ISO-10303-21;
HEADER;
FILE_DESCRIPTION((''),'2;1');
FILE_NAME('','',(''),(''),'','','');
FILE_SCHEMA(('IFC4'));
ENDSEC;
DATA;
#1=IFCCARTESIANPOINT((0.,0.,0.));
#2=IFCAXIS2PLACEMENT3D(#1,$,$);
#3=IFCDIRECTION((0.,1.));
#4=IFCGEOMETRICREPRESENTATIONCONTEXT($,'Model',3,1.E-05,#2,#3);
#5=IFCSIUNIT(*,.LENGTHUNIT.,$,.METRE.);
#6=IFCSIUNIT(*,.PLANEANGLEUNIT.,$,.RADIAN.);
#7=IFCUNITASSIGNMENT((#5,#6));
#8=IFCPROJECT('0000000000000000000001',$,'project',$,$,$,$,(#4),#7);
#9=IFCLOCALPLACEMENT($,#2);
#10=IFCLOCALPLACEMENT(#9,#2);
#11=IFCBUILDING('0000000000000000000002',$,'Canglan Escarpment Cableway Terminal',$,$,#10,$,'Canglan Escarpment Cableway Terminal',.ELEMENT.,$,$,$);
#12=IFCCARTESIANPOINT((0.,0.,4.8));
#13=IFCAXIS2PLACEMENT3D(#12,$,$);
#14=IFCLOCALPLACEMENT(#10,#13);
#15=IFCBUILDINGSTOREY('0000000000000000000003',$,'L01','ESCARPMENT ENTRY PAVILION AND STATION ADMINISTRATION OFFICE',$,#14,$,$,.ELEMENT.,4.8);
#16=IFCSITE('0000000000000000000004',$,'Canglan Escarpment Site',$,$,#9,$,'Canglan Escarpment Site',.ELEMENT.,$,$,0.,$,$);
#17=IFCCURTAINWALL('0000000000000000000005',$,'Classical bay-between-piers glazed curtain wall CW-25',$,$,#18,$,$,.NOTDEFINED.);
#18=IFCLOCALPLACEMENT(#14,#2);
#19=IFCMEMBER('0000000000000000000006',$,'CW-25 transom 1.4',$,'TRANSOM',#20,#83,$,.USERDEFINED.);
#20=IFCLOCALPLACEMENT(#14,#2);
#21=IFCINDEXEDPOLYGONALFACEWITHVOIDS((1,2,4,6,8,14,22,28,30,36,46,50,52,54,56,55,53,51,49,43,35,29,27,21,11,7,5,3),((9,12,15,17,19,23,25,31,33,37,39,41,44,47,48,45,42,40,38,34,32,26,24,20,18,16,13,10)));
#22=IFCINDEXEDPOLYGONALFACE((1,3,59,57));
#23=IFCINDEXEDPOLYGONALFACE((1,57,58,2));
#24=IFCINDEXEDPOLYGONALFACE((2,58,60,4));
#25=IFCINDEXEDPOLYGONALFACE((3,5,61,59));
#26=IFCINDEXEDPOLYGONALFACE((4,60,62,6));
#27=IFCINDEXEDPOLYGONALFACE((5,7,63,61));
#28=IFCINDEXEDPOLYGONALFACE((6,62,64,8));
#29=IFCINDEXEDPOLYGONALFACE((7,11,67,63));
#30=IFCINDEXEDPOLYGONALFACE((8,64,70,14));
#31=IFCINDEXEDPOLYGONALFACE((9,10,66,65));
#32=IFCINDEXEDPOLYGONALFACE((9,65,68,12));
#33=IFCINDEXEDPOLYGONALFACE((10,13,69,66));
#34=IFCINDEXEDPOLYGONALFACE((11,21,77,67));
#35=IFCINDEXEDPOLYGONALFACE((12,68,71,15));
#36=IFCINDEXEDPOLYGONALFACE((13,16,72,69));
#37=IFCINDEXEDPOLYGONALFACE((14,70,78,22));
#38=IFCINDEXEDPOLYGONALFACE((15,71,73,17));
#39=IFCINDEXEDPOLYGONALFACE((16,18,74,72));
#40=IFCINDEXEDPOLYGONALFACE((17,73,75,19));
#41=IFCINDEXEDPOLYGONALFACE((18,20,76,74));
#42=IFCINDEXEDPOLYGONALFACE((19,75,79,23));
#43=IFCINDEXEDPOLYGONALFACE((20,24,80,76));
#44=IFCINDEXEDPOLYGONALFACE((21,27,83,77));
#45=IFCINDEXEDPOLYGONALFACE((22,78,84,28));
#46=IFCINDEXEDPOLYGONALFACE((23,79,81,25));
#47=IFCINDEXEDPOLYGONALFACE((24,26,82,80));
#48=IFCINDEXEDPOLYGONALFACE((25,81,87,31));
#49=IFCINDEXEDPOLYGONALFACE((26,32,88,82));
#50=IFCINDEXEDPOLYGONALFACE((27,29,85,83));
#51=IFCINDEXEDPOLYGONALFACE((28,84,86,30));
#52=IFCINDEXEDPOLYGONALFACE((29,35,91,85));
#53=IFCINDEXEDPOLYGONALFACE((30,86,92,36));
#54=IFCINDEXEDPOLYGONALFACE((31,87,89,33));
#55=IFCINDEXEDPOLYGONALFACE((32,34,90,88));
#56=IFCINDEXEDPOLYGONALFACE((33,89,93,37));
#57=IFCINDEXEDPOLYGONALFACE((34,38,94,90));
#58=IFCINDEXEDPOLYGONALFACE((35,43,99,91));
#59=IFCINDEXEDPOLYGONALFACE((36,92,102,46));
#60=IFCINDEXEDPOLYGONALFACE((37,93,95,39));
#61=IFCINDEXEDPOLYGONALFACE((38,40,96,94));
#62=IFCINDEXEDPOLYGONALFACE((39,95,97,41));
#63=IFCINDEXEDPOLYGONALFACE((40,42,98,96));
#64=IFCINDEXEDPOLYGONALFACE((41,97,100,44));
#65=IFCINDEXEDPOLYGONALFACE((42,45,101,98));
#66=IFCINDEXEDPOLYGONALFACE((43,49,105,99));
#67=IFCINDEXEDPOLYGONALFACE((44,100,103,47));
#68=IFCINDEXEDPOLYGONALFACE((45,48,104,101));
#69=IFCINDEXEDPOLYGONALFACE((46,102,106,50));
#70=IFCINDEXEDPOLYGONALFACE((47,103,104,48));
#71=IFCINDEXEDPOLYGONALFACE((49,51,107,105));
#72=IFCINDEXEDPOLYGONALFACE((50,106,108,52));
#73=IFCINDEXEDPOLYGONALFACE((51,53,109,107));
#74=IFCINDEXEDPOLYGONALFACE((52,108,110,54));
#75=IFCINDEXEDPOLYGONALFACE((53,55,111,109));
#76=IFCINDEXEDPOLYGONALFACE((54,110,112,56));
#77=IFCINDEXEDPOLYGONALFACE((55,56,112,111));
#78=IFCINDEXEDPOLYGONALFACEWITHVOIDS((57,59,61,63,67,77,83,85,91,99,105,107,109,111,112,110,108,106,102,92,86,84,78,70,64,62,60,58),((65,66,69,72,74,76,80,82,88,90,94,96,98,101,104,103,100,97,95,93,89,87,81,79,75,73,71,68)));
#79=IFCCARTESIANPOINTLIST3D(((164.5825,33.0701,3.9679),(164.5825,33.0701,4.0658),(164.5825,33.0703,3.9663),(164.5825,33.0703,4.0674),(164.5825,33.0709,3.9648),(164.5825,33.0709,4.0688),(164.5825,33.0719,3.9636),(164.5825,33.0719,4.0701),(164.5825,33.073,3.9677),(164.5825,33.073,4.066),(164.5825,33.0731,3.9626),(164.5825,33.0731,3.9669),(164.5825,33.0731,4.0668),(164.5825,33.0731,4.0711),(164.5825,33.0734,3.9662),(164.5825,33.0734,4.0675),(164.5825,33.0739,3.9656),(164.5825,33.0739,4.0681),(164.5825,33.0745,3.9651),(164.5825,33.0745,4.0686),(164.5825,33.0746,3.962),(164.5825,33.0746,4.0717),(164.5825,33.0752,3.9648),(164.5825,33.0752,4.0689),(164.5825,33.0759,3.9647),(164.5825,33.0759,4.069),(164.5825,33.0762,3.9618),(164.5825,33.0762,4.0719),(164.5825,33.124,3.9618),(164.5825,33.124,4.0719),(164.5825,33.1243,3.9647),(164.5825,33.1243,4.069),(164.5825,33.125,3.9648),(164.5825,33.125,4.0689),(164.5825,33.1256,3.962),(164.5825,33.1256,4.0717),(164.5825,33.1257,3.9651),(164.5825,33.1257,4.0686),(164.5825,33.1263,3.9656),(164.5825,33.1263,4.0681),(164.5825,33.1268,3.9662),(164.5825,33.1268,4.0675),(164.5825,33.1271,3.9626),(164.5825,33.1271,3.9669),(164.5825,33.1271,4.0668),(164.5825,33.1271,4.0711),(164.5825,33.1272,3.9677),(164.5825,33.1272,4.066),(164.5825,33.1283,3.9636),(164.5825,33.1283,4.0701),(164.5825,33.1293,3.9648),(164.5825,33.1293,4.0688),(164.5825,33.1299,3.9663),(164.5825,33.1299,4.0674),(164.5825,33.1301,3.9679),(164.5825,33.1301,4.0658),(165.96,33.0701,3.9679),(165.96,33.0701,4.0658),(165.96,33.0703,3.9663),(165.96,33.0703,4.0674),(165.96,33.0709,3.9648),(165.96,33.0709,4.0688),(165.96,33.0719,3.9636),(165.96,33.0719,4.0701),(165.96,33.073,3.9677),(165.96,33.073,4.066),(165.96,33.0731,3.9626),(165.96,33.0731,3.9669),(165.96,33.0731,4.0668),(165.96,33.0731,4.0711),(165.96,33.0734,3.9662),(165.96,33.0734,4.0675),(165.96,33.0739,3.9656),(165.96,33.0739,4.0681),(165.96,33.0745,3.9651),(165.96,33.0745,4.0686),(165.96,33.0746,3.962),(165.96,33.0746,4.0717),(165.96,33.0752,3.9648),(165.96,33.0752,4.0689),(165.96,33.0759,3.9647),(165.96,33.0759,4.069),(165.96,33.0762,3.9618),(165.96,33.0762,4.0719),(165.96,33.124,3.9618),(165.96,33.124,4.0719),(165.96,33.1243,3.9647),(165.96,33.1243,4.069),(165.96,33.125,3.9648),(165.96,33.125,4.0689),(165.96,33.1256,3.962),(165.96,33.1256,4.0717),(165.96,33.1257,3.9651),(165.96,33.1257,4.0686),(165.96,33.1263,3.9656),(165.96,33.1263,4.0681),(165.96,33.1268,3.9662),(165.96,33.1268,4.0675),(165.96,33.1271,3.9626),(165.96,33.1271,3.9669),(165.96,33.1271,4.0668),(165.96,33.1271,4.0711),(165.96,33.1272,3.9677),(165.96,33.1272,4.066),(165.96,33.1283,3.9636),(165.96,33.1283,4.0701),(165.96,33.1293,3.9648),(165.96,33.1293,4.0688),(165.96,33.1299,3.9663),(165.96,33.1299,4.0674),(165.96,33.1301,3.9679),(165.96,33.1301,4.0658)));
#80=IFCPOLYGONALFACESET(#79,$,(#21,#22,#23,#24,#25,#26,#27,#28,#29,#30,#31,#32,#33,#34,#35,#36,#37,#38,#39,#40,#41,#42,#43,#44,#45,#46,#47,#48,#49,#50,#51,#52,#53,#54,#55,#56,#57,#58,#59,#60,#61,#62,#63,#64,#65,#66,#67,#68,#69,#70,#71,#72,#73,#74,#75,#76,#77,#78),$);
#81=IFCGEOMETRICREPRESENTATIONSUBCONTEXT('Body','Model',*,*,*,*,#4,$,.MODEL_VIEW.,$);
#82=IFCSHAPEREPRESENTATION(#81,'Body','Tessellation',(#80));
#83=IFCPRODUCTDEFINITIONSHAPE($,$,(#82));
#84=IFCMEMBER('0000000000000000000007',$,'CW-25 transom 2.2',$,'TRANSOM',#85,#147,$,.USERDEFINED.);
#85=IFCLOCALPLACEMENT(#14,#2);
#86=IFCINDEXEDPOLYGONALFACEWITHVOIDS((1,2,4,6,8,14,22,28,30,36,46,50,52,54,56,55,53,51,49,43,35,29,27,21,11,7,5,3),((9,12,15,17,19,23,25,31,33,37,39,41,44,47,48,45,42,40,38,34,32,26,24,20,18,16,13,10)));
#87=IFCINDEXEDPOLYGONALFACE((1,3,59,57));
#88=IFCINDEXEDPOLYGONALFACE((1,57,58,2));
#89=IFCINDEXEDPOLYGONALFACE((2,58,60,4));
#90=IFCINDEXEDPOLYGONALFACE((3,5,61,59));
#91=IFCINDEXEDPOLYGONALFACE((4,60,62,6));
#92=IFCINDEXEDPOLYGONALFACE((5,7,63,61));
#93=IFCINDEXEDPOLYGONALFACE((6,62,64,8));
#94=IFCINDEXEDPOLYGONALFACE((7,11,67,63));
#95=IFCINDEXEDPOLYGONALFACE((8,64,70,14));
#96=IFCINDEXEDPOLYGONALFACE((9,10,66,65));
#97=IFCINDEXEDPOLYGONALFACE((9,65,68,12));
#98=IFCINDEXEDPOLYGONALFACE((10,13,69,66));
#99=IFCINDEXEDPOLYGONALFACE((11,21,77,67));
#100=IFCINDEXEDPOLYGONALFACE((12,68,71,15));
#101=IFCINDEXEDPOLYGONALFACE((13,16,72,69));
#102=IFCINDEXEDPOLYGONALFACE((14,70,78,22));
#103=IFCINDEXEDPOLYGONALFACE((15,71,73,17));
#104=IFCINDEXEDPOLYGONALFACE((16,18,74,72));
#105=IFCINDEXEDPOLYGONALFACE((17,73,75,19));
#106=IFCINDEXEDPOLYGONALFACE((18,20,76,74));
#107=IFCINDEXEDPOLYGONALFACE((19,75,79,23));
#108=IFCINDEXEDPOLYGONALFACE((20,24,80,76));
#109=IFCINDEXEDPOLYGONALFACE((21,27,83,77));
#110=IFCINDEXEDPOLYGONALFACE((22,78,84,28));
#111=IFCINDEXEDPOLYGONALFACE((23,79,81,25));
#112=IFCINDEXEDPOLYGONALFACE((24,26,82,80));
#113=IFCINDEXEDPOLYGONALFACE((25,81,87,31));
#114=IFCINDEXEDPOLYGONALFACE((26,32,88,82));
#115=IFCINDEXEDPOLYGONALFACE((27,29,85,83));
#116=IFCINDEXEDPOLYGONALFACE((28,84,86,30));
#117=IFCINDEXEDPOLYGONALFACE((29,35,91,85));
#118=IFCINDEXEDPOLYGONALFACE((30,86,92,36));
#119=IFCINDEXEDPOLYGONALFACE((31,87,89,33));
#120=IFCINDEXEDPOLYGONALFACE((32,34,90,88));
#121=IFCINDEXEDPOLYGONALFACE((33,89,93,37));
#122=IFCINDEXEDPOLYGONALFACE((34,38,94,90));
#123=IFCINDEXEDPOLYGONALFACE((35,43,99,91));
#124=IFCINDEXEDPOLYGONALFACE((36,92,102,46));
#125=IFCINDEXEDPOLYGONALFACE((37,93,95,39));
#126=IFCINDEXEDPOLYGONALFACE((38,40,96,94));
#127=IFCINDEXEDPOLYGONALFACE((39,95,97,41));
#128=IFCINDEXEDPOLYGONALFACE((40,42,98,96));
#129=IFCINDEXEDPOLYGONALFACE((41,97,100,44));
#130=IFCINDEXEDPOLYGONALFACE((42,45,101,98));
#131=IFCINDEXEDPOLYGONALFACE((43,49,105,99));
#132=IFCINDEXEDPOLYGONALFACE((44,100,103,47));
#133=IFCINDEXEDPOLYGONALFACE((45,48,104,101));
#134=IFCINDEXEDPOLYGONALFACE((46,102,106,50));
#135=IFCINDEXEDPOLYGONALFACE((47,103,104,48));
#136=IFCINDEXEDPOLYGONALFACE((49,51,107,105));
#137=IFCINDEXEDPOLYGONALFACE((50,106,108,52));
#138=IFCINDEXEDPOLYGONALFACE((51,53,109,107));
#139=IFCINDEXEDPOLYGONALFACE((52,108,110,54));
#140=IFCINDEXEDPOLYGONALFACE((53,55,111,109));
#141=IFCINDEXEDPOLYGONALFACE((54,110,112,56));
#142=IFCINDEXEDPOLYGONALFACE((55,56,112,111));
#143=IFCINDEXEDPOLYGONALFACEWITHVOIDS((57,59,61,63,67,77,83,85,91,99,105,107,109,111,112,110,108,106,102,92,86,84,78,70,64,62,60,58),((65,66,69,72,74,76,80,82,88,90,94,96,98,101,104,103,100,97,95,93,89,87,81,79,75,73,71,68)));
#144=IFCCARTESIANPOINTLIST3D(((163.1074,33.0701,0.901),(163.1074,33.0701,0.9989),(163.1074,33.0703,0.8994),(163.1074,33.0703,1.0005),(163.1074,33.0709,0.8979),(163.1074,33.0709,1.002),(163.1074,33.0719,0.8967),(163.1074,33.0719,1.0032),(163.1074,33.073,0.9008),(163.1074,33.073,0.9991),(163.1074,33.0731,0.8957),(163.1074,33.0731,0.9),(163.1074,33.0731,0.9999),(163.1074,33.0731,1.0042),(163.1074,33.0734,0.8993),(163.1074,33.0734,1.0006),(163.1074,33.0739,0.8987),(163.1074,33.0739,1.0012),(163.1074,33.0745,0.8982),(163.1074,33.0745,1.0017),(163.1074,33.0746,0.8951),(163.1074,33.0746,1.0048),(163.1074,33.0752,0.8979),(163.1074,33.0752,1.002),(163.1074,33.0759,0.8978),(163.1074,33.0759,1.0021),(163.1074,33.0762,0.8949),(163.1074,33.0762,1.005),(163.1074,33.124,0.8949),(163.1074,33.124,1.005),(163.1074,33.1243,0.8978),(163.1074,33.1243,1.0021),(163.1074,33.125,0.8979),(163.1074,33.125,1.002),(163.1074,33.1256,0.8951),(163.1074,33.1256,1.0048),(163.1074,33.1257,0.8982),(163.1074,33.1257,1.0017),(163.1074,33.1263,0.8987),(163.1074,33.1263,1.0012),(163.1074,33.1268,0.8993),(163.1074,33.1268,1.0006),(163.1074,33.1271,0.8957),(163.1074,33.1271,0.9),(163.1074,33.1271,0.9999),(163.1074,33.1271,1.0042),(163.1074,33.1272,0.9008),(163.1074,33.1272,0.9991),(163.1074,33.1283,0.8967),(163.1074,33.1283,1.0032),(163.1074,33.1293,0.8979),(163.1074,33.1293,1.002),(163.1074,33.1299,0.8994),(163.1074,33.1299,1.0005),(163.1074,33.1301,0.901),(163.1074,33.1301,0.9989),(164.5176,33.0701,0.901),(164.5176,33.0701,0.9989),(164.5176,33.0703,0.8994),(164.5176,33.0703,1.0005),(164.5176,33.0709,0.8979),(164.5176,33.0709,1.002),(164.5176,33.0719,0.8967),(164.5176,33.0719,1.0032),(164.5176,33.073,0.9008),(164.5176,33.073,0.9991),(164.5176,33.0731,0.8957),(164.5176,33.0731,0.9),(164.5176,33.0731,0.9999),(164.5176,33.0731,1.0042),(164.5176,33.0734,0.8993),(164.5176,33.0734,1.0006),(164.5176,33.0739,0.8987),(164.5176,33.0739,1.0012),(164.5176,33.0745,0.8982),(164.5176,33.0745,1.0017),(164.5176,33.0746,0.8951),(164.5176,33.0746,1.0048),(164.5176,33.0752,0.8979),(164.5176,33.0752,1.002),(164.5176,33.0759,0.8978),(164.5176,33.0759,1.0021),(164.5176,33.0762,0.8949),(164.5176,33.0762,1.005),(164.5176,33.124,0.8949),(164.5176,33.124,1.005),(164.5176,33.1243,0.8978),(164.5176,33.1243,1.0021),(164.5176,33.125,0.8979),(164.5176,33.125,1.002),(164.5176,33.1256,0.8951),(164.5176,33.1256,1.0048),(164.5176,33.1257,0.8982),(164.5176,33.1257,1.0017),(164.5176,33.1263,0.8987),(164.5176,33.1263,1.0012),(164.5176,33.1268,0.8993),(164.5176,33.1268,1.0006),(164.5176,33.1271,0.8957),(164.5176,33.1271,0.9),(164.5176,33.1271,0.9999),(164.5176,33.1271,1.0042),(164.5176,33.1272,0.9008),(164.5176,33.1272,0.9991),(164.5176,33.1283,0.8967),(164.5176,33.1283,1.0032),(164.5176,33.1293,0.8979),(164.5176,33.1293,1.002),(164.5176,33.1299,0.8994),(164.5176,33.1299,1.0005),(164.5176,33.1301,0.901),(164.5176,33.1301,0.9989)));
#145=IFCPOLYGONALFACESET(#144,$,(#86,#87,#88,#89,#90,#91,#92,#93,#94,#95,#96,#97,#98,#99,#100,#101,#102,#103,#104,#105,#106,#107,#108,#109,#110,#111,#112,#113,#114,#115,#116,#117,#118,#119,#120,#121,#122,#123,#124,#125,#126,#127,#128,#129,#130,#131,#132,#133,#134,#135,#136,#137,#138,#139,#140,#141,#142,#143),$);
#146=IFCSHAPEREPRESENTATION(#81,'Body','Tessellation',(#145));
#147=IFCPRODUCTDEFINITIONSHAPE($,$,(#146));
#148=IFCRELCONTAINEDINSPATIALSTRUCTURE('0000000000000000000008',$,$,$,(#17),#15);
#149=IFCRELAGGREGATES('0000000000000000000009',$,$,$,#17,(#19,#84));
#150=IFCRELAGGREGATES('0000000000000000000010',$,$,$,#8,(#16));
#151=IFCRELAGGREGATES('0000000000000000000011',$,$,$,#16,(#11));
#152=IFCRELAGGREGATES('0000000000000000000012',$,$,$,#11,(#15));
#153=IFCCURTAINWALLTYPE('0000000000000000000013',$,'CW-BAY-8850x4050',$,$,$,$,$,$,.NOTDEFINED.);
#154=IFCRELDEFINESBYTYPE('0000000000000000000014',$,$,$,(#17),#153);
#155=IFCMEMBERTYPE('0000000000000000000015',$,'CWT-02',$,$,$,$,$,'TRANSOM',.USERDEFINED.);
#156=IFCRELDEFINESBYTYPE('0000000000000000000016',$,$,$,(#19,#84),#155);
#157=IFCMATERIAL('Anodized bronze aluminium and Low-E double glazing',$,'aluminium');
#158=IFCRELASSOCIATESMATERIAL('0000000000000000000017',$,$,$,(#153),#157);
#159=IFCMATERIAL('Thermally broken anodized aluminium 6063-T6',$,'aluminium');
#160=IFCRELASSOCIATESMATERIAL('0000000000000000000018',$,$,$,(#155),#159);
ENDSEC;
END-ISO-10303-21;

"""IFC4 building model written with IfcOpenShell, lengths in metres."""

from ifc_helpers import new_model, si_unit, direction, frame, origin, origin_2d, place, context, subcontext, project, spatial, hollow_rectangle, extrude, material, material_profile, profile_set, type_object, element, aggregate, save


model = new_model("IFC4")

# Units and contexts
model_context = context("Model", 3, precision=1e-05, world=origin(), true_north=direction((0.0, 1.0)))
body_context = subcontext(model_context, "Body", "Model", "MODEL_VIEW")
ifc_project = project(units=[si_unit("LENGTHUNIT", "METRE"), si_unit("PLANEANGLEUNIT", "RADIAN")], contexts=[model_context])

# Site, building, storey
site_placement = place(None, origin())
site = spatial("IfcSite", under=ifc_project, at=site_placement, Name="Canglan Escarpment Site", LongName="Canglan Escarpment Site", CompositionType="ELEMENT", RefElevation=0.0)
building_placement = place(site_placement, origin())
building = spatial("IfcBuilding", under=site, at=building_placement, Name="Canglan Escarpment Cableway Terminal", LongName="Canglan Escarpment Cableway Terminal", CompositionType="ELEMENT")
storey_placement = place(building_placement, frame((0.0, 0.0, 4.8)))
storey = spatial("IfcBuildingStorey", under=building, at=storey_placement, Name="L01", Description="ESCARPMENT ENTRY PAVILION AND STATION ADMINISTRATION OFFICE", CompositionType="ELEMENT", Elevation=4.8)

# Curtain wall, members
ifc_material_1 = material(Name="Anodized bronze aluminium and Low-E double glazing", Category="aluminium")
curtain_wall_type = type_object("IfcCurtainWallType", Name="CW-BAY-8850x4050", PredefinedType="NOTDEFINED", material=ifc_material_1)
curtain_wall_placement = place(storey_placement, origin())
curtain_wall = element("IfcCurtainWall", 1, at=curtain_wall_placement, inside=storey, type_object=curtain_wall_type, Name="Classical bay-between-piers glazed curtain wall CW-25", PredefinedType="NOTDEFINED")
ifc_material_2 = material(Name="Thermally broken anodized aluminium 6063-T6", Category="aluminium")
ifc_material_profile_1 = material_profile(ifc_material_2, hollow_rectangle(XDim=0.0601, YDim=0.1101, WallThickness=0.0029, InnerFilletRadius=0.0029, OuterFilletRadius=0.0061, at=origin_2d()), Name="ALU-TRAN 60x110x3")
ifc_profile_set_1 = profile_set([ifc_material_profile_1], Name="Thermally broken anodized aluminium 6063-T6")
member_type_1 = type_object("IfcMemberType", Name="CWT-02", ElementType="TRANSOM", PredefinedType="USERDEFINED", material=ifc_profile_set_1)
member_1_placement = place(storey_placement, frame((165.96, 33.1001, 4.0168), z_axis=(-1.0, 0.0, 0.0), x_axis=(0.0, -1.0, 0.0)))
member_1 = element("IfcMember", 2, at=member_1_placement, type_object=member_type_1, Name="CW-25 transom 1.4", ObjectType="TRANSOM", PredefinedType="USERDEFINED", context=body_context, shape_type="SweptSolid", body=[
    extrude(hollow_rectangle(XDim=0.0601, YDim=0.1101, WallThickness=0.0029, InnerFilletRadius=0.0029, OuterFilletRadius=0.0061, at=origin_2d()), origin(), (0.0, 0.0, 1.0), 1.3774),
])
member_2_placement = place(storey_placement, frame((164.5176, 33.1001, 0.95), z_axis=(-1.0, 0.0, 0.0), x_axis=(0.0, -1.0, 0.0)))
member_2 = element("IfcMember", 3, at=member_2_placement, type_object=member_type_1, Name="CW-25 transom 2.2", ObjectType="TRANSOM", PredefinedType="USERDEFINED", context=body_context, shape_type="SweptSolid", body=[
    extrude(hollow_rectangle(XDim=0.0601, YDim=0.1101, WallThickness=0.0029, InnerFilletRadius=0.0029, OuterFilletRadius=0.0061, at=origin_2d()), origin(), (0.0, 0.0, 1.0), 1.4102),
])

aggregate(curtain_wall, [member_1, member_2])

save(model, "model.ifc")
